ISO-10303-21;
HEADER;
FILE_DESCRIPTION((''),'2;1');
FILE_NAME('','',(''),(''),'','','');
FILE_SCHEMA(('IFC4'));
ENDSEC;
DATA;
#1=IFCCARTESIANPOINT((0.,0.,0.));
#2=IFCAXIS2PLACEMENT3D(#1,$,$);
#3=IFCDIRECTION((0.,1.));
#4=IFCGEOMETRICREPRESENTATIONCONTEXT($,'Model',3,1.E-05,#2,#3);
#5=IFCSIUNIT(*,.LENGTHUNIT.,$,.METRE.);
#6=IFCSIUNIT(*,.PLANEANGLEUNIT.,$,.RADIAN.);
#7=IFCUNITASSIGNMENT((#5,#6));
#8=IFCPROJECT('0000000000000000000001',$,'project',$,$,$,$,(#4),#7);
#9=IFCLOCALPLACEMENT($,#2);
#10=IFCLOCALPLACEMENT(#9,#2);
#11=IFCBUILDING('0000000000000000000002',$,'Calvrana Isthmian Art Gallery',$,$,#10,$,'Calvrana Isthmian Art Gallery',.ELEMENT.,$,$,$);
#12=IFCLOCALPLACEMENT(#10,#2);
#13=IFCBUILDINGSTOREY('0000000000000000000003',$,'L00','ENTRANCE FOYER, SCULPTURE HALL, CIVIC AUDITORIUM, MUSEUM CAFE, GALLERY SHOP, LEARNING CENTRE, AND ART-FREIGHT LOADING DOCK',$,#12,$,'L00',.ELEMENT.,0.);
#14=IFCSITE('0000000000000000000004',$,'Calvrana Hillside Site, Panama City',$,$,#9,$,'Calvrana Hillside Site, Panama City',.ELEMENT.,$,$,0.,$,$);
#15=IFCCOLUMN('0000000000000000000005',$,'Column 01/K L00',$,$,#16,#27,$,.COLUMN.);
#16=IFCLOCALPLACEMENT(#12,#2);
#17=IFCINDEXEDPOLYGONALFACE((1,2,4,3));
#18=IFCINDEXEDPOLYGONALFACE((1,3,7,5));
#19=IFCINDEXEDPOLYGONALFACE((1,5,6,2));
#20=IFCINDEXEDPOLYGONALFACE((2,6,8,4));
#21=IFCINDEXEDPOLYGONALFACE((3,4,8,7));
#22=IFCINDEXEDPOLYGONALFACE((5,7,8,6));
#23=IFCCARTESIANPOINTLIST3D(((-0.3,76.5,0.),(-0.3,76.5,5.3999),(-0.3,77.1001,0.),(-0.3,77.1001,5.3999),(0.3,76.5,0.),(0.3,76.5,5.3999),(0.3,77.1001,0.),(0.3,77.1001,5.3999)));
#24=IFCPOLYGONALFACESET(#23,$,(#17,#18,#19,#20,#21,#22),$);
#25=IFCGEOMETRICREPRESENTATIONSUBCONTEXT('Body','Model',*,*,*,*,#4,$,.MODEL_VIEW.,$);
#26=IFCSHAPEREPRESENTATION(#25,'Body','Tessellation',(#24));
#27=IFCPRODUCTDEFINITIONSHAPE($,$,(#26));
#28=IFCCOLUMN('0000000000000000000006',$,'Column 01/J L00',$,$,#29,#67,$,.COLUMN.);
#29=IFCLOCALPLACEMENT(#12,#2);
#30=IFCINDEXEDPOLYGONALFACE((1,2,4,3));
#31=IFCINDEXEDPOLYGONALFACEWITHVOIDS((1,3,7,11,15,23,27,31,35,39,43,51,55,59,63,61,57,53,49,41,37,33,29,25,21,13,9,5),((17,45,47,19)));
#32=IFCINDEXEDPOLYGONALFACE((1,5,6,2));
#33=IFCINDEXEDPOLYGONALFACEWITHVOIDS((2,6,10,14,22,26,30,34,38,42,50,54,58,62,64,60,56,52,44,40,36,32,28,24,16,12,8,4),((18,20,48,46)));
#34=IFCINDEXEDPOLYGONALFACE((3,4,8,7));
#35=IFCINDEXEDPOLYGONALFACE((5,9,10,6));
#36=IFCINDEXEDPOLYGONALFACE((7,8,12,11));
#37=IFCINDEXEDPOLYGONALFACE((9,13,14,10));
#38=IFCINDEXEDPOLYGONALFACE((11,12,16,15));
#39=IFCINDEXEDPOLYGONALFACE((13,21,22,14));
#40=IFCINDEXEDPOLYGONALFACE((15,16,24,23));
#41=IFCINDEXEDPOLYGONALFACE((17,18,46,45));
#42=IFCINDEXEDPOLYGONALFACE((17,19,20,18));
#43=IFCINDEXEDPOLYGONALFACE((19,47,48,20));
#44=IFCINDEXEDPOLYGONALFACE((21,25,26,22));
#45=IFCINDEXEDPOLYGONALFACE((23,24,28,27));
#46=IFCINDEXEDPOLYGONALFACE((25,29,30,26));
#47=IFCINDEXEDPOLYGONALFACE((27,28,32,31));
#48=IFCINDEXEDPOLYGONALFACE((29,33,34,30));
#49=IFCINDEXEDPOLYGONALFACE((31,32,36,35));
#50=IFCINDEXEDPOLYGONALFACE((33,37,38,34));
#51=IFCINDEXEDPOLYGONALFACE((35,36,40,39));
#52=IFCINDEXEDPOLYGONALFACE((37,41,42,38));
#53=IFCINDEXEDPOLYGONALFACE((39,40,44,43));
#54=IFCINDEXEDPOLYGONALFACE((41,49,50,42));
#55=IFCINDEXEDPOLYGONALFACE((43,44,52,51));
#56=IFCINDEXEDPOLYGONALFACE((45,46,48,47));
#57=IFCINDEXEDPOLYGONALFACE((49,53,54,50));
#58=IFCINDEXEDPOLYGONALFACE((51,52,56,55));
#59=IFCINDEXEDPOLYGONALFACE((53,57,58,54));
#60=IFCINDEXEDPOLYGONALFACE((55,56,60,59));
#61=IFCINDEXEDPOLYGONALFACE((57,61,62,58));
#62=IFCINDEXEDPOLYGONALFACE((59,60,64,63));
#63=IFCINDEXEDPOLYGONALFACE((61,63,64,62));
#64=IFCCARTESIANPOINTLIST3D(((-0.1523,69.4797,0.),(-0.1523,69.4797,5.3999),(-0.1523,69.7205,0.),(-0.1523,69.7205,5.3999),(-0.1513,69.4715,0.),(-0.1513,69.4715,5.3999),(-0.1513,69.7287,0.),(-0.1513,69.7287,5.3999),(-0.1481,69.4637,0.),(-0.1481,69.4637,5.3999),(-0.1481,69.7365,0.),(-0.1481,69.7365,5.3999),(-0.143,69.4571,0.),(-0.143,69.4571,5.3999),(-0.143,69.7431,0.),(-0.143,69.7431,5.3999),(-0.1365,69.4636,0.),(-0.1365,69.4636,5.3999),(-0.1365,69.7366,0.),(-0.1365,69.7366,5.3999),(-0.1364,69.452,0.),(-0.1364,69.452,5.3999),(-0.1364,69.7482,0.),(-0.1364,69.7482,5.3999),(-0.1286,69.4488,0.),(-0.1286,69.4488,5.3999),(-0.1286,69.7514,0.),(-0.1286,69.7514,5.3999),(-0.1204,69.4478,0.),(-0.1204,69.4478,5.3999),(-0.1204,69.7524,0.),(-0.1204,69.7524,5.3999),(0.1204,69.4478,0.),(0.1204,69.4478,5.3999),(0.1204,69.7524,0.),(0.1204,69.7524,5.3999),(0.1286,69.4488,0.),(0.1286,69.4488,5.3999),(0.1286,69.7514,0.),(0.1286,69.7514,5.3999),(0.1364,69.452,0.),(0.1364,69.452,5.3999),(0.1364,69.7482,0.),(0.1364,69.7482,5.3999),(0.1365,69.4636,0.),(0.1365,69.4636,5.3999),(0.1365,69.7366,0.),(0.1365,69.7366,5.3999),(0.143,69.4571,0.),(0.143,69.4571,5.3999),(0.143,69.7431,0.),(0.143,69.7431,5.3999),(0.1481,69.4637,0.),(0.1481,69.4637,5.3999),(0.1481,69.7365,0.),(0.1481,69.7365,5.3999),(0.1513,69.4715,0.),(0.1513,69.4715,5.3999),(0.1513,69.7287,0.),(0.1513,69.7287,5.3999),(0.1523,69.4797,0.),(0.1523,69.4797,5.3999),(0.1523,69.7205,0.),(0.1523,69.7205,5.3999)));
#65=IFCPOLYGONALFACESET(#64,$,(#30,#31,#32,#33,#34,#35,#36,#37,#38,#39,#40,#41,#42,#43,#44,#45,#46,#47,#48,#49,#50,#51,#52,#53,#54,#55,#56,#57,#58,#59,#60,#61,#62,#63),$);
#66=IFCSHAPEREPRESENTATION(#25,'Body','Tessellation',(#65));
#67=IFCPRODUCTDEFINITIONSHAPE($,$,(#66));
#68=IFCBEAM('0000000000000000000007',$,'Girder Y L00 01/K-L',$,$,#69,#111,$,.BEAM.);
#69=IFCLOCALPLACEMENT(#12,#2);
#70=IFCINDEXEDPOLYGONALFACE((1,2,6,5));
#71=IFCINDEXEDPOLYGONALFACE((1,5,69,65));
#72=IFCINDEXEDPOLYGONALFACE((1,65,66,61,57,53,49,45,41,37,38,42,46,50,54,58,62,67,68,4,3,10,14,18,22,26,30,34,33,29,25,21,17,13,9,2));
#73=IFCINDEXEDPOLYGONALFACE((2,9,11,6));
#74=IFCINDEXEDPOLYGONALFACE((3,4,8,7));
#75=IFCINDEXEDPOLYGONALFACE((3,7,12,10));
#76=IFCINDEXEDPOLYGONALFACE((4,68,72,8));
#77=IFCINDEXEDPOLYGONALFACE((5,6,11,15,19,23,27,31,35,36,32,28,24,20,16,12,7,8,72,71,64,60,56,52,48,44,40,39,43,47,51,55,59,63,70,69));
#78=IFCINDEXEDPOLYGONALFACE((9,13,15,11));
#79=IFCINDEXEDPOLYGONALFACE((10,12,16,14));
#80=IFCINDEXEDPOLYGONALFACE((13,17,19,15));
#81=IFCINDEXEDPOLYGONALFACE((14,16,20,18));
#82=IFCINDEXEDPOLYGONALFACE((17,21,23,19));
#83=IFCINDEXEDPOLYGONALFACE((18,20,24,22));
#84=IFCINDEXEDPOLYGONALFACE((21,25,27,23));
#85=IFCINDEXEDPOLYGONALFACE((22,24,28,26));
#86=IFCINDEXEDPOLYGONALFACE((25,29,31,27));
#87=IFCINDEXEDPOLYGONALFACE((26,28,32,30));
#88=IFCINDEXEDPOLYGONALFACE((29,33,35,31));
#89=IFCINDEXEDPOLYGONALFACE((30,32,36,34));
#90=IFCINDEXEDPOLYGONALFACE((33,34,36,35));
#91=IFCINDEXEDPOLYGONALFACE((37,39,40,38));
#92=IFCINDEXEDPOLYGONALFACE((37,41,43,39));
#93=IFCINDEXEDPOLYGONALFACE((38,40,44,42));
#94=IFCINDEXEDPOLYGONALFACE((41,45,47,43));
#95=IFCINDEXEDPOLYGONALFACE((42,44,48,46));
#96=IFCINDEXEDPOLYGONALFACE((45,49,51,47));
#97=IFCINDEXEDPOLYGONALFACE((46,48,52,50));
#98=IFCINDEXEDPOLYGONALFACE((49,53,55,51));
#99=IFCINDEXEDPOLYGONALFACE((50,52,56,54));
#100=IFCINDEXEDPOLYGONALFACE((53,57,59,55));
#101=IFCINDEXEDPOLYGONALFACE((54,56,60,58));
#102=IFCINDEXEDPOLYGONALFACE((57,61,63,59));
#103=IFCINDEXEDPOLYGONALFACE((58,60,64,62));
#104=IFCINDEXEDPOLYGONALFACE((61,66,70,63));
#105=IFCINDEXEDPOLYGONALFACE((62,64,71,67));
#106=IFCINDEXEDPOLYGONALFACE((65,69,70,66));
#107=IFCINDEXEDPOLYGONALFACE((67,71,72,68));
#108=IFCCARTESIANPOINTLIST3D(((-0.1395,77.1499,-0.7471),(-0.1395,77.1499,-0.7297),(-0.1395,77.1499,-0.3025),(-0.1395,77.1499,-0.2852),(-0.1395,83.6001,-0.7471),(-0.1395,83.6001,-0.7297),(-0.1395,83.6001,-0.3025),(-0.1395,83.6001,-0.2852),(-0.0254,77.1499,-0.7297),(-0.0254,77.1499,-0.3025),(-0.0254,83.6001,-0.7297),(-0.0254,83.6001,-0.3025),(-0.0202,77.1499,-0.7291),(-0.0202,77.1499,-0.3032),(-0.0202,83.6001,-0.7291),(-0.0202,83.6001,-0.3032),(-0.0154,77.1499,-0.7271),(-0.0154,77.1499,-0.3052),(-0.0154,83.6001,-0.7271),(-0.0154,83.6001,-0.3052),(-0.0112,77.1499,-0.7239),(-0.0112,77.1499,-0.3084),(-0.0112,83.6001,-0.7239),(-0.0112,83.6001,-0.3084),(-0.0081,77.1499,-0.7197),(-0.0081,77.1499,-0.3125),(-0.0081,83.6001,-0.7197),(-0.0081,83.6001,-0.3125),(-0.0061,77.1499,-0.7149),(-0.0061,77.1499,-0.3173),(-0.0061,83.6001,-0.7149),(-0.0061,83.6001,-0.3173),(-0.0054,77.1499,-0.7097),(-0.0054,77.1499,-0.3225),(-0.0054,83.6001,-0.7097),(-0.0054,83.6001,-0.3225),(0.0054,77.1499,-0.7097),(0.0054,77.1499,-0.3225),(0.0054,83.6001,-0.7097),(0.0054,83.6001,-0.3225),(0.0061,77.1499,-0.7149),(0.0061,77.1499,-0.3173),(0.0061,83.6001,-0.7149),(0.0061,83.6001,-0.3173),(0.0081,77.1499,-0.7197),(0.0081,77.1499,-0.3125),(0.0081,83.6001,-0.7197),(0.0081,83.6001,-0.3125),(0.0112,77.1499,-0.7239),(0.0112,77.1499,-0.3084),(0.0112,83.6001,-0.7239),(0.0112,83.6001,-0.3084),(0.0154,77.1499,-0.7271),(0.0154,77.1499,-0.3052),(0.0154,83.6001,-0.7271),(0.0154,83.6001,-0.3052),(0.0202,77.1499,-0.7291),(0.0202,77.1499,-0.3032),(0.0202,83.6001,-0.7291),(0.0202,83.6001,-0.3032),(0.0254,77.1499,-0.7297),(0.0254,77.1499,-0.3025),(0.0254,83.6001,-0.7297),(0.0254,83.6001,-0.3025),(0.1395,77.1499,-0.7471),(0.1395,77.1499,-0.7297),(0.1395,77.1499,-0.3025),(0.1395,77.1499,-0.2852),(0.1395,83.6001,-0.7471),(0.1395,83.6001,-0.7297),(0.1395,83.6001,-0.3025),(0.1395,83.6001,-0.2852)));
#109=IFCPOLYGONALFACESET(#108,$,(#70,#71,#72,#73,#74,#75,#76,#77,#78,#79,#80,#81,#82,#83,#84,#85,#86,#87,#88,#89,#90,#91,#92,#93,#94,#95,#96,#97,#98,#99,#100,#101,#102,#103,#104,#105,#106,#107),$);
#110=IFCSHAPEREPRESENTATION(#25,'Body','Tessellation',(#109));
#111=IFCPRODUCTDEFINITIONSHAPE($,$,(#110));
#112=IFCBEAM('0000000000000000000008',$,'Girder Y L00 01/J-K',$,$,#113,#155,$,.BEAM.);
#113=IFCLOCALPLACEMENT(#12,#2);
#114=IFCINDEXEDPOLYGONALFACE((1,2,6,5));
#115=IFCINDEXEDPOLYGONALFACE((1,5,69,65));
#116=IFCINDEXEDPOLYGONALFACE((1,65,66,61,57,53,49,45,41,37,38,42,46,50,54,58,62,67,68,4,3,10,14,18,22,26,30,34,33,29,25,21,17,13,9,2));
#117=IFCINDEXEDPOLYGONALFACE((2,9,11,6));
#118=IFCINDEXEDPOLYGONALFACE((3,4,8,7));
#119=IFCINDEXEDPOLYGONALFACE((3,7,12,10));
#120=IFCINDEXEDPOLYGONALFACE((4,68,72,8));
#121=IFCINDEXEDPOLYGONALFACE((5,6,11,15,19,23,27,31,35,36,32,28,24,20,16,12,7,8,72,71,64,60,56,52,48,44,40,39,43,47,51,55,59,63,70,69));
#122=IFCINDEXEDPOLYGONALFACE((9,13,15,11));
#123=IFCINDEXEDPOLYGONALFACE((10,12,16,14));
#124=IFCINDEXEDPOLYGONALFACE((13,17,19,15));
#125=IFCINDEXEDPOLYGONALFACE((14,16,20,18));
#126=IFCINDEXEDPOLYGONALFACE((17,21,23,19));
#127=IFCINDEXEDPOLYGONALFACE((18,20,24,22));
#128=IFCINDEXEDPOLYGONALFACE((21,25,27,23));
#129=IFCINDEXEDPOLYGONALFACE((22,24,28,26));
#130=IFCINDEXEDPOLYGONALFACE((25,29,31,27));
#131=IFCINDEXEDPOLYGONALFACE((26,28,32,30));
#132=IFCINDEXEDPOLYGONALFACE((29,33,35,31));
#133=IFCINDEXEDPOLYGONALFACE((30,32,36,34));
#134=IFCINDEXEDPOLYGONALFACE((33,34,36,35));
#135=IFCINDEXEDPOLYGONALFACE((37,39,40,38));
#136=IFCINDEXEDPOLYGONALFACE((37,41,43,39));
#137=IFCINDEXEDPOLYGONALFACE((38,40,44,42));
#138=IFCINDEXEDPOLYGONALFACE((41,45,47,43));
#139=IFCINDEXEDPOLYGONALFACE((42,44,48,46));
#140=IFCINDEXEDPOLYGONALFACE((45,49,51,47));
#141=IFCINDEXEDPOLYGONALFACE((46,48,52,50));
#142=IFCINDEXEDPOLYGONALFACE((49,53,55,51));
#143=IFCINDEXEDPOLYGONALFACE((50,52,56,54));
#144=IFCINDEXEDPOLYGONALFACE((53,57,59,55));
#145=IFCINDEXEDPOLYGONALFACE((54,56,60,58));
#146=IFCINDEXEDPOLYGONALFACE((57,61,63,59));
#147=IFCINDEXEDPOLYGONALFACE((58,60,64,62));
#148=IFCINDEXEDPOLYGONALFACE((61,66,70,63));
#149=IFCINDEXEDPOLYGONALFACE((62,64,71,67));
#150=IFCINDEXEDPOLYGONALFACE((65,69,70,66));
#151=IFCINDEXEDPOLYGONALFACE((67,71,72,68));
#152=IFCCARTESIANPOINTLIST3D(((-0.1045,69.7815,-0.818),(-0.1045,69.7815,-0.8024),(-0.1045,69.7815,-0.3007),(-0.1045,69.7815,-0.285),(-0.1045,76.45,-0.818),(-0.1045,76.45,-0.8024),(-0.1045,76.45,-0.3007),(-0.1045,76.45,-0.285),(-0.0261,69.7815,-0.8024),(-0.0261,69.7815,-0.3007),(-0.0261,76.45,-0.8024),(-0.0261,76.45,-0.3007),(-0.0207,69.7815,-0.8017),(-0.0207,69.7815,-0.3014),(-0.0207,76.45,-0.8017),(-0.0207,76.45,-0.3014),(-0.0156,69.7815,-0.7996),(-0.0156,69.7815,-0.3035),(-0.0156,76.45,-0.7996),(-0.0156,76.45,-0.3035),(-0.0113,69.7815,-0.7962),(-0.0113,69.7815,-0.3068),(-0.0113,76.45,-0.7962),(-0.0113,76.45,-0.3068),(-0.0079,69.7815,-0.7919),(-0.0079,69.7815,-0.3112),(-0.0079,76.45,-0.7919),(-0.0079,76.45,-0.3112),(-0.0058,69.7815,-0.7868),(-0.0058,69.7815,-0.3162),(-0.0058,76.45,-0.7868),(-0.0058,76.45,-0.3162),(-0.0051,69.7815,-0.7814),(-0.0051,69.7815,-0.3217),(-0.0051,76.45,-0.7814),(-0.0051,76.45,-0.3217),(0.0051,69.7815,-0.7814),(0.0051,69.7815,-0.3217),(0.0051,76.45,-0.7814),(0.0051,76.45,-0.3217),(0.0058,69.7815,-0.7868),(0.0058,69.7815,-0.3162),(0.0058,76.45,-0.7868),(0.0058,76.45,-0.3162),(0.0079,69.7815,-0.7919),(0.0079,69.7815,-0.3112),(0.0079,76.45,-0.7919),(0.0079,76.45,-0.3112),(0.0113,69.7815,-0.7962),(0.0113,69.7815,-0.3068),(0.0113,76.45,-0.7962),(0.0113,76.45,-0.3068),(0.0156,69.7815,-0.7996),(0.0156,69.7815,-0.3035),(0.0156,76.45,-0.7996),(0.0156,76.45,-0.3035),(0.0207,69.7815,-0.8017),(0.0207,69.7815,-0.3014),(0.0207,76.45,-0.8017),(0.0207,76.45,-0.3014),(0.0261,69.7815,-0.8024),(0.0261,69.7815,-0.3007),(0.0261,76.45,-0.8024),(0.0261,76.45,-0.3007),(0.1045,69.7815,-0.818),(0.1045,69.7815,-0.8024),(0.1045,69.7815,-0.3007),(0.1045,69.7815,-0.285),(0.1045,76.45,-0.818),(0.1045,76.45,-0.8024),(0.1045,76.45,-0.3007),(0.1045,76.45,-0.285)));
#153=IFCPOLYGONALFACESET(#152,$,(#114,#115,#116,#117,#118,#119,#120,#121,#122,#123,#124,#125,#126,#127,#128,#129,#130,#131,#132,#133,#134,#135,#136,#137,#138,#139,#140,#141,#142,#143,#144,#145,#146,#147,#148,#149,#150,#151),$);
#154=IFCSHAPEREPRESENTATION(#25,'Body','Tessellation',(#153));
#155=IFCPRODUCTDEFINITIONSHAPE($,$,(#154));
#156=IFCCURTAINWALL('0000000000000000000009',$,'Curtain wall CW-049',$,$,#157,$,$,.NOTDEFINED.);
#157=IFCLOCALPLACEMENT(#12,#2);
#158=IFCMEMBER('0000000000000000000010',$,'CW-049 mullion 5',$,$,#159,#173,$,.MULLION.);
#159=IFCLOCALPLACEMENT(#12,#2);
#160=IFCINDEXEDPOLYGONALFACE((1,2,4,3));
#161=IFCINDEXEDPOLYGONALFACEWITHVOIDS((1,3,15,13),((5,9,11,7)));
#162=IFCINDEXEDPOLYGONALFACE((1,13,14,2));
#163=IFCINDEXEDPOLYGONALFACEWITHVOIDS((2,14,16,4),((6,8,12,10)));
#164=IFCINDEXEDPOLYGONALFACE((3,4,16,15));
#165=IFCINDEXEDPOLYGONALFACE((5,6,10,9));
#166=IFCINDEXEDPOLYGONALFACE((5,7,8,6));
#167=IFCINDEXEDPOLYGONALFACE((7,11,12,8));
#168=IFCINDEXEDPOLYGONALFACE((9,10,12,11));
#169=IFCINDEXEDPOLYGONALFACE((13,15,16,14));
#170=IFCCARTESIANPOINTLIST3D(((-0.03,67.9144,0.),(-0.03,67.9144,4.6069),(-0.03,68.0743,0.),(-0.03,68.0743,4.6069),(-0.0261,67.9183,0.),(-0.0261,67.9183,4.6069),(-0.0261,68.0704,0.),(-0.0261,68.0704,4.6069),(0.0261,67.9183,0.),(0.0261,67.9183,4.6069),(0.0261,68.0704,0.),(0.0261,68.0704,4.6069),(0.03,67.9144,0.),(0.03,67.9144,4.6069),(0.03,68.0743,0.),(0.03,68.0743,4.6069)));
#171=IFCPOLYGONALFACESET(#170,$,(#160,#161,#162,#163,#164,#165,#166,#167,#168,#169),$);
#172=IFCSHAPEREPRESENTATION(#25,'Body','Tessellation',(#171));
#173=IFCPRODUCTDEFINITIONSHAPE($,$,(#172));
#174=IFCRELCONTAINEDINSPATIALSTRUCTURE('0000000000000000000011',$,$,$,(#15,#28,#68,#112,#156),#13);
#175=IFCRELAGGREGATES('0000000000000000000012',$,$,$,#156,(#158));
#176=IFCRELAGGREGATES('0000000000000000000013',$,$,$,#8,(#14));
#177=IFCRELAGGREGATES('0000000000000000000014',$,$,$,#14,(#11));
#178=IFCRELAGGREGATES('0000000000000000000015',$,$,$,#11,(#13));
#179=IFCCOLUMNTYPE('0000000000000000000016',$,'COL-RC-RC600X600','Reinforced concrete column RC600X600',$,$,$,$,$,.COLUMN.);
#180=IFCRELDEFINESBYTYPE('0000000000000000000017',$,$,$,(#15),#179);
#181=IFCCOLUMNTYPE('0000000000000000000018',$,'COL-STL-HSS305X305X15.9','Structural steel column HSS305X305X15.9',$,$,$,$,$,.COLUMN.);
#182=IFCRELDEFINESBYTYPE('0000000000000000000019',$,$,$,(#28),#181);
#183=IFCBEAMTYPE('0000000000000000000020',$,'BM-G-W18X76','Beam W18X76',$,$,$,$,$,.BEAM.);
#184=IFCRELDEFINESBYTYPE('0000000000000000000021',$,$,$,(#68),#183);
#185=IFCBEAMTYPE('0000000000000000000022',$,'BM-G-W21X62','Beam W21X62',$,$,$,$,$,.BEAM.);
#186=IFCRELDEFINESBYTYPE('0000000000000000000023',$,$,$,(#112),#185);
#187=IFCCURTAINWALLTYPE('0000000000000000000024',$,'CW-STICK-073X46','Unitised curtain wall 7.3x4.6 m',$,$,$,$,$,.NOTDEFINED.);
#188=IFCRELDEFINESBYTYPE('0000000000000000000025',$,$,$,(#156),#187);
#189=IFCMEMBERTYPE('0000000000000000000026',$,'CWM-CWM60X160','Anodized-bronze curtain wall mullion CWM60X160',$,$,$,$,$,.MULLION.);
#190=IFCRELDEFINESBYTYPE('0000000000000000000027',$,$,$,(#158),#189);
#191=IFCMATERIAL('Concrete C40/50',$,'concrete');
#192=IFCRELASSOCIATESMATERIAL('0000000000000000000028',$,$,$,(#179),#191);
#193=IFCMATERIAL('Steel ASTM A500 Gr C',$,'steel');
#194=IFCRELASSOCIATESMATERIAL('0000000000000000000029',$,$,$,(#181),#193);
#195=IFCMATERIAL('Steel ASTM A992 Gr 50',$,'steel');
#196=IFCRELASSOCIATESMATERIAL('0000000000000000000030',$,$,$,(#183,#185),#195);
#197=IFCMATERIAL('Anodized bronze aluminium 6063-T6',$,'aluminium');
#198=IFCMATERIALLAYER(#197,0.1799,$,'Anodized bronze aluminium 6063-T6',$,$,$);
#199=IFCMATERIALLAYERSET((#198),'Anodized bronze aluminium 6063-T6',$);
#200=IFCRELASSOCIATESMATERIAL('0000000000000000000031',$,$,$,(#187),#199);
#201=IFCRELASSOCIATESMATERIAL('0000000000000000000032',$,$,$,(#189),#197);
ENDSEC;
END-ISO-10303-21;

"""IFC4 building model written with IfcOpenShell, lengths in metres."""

from ifc_helpers import new_model, si_unit, direction, frame, origin, origin_2d, place, context, subcontext, project, spatial, rectangle, hollow_rectangle, i_section, extrude, material, layer, layer_set, material_profile, profile_set, type_object, element, aggregate, save


model = new_model("IFC4")

# Units and contexts
model_context = context("Model", 3, precision=1e-05, world=origin(), true_north=direction((0.0, 1.0)))
body_context = subcontext(model_context, "Body", "Model", "MODEL_VIEW")
ifc_project = project(units=[si_unit("LENGTHUNIT", "METRE"), si_unit("PLANEANGLEUNIT", "RADIAN")], contexts=[model_context])

# Site, building, storey
site_placement = place(None, origin())
site = spatial("IfcSite", under=ifc_project, at=site_placement, Name="Calvrana Hillside Site, Panama City", LongName="Calvrana Hillside Site, Panama City", CompositionType="ELEMENT", RefElevation=0.0)
building_placement = place(site_placement, origin())
building = spatial("IfcBuilding", under=site, at=building_placement, Name="Calvrana Isthmian Art Gallery", LongName="Calvrana Isthmian Art Gallery", CompositionType="ELEMENT")
storey_placement = place(building_placement, origin())
storey = spatial("IfcBuildingStorey", under=building, at=storey_placement, Name="L00", Description="ENTRANCE FOYER, SCULPTURE HALL, CIVIC AUDITORIUM, MUSEUM CAFE, GALLERY SHOP, LEARNING CENTRE, AND ART-FREIGHT LOADING DOCK", LongName="L00", CompositionType="ELEMENT", Elevation=0.0)

# Columns
ifc_material_1 = material(Name="Concrete C40/50", Category="concrete")
ifc_material_profile_1 = material_profile(ifc_material_1, rectangle(XDim=0.6001, YDim=0.6001, at=origin_2d()), Name="RC600X600")
ifc_profile_set_1 = profile_set([ifc_material_profile_1], Name="Concrete C40/50")
column_type_1 = type_object("IfcColumnType", Name="COL-RC-RC600X600", Description="Reinforced concrete column RC600X600", PredefinedType="COLUMN", material=ifc_profile_set_1)
column_1_placement = place(storey_placement, frame((0.0, 76.8, 0.0), z_axis=(0.0, 0.0, 1.0), x_axis=(1.0, 0.0, 0.0)))
element("IfcColumn", 1, at=column_1_placement, inside=storey, type_object=column_type_1, Name="Column 01/K L00", PredefinedType="COLUMN", context=body_context, shape_type="SweptSolid", body=[
    extrude(rectangle(XDim=0.6001, YDim=0.6001, at=origin_2d()), origin(), (0.0, 0.0, 1.0), 5.3999),
])
ifc_material_2 = material(Name="Steel ASTM A500 Gr C", Category="steel")
ifc_material_profile_2 = material_profile(ifc_material_2, hollow_rectangle(XDim=0.3047, YDim=0.3047, WallThickness=0.0159, OuterFilletRadius=0.032, at=origin_2d()), Name="HSS305X305X15.9")
ifc_profile_set_2 = profile_set([ifc_material_profile_2], Name="Steel ASTM A500 Gr C")
column_type_2 = type_object("IfcColumnType", Name="COL-STL-HSS305X305X15.9", Description="Structural steel column HSS305X305X15.9", PredefinedType="COLUMN", material=ifc_profile_set_2)
column_2_placement = place(storey_placement, frame((0.0, 69.6001, 0.0), z_axis=(0.0, 0.0, 1.0), x_axis=(1.0, 0.0, 0.0)))
element("IfcColumn", 2, at=column_2_placement, inside=storey, type_object=column_type_2, Name="Column 01/J L00", PredefinedType="COLUMN", context=body_context, shape_type="SweptSolid", body=[
    extrude(hollow_rectangle(XDim=0.3047, YDim=0.3047, WallThickness=0.0159, OuterFilletRadius=0.032, at=origin_2d()), origin(), (0.0, 0.0, 1.0), 5.3999),
])

# Beams
ifc_material_3 = material(Name="Steel ASTM A992 Gr 50", Category="steel")
ifc_material_profile_3 = material_profile(ifc_material_3, i_section(OverallWidth=0.2791, OverallDepth=0.4619, WebThickness=0.0107, FlangeThickness=0.0173, FilletRadius=0.02, at=origin_2d()), Name="W18X76")
ifc_profile_set_3 = profile_set([ifc_material_profile_3], Name="Steel ASTM A992 Gr 50")
beam_type_1 = type_object("IfcBeamType", Name="BM-G-W18X76", Description="Beam W18X76", PredefinedType="BEAM", material=ifc_profile_set_3)
beam_1_placement = place(storey_placement, frame((0.0, 77.1499, -0.5161), z_axis=(0.0, 1.0, 0.0), x_axis=(-1.0, 0.0, 0.0)))
element("IfcBeam", 3, at=beam_1_placement, inside=storey, type_object=beam_type_1, Name="Girder Y L00 01/K-L", PredefinedType="BEAM", context=body_context, shape_type="SweptSolid", body=[
    extrude(i_section(OverallWidth=0.2791, OverallDepth=0.4619, WebThickness=0.0107, FlangeThickness=0.0173, FilletRadius=0.02, at=origin_2d()), origin(), (0.0, 0.0, 1.0), 6.4502),
])
ifc_material_profile_4 = material_profile(ifc_material_3, i_section(OverallWidth=0.209, OverallDepth=0.533, WebThickness=0.0103, FlangeThickness=0.0156, FilletRadius=0.021, at=origin_2d()), Name="W21X62")
ifc_profile_set_4 = profile_set([ifc_material_profile_4], Name="Steel ASTM A992 Gr 50")
beam_type_2 = type_object("IfcBeamType", Name="BM-G-W21X62", Description="Beam W21X62", PredefinedType="BEAM", material=ifc_profile_set_4)
beam_2_placement = place(storey_placement, frame((0.0, 69.7815, -0.5515), z_axis=(0.0, 1.0, 0.0), x_axis=(-1.0, 0.0, 0.0)))
element("IfcBeam", 4, at=beam_2_placement, inside=storey, type_object=beam_type_2, Name="Girder Y L00 01/J-K", PredefinedType="BEAM", context=body_context, shape_type="SweptSolid", body=[
    extrude(i_section(OverallWidth=0.209, OverallDepth=0.533, WebThickness=0.0103, FlangeThickness=0.0156, FilletRadius=0.021, at=origin_2d()), origin(), (0.0, 0.0, 1.0), 6.6685),
])

# Curtain wall, member
ifc_material_4 = material(Name="Anodized bronze aluminium 6063-T6", Category="aluminium")
ifc_layer_1 = layer(ifc_material_4, 0.1799, Name="Anodized bronze aluminium 6063-T6")
ifc_layer_set_1 = layer_set([ifc_layer_1], Name="Anodized bronze aluminium 6063-T6")
curtain_wall_type_1 = type_object("IfcCurtainWallType", Name="CW-STICK-073X46", Description="Unitised curtain wall 7.3x4.6 m", PredefinedType="NOTDEFINED", material=ifc_layer_set_1)
curtain_wall_1_placement = place(storey_placement, origin())
curtain_wall_1 = element("IfcCurtainWall", 5, at=curtain_wall_1_placement, inside=storey, type_object=curtain_wall_type_1, Name="Curtain wall CW-049", PredefinedType="NOTDEFINED")
ifc_material_profile_5 = material_profile(ifc_material_4, hollow_rectangle(XDim=0.0601, YDim=0.1599, WallThickness=0.0039, at=origin_2d()), Name="CWM60X160")
ifc_profile_set_5 = profile_set([ifc_material_profile_5], Name="Anodized bronze aluminium 6063-T6")
member_type_1 = type_object("IfcMemberType", Name="CWM-CWM60X160", Description="Anodized-bronze curtain wall mullion CWM60X160", PredefinedType="MULLION", material=ifc_profile_set_5)
member_1_placement = place(storey_placement, frame((0.0, 67.9944, 0.0), z_axis=(0.0, 0.0, 1.0), x_axis=(-1.0, 0.0, 0.0)))
member_1 = element("IfcMember", 6, at=member_1_placement, type_object=member_type_1, Name="CW-049 mullion 5", PredefinedType="MULLION", context=body_context, shape_type="SweptSolid", body=[
    extrude(hollow_rectangle(XDim=0.0601, YDim=0.1599, WallThickness=0.0039, at=origin_2d()), origin(), (0.0, 0.0, 1.0), 4.6069),
])

aggregate(curtain_wall_1, [member_1])

save(model, "model.ifc")
